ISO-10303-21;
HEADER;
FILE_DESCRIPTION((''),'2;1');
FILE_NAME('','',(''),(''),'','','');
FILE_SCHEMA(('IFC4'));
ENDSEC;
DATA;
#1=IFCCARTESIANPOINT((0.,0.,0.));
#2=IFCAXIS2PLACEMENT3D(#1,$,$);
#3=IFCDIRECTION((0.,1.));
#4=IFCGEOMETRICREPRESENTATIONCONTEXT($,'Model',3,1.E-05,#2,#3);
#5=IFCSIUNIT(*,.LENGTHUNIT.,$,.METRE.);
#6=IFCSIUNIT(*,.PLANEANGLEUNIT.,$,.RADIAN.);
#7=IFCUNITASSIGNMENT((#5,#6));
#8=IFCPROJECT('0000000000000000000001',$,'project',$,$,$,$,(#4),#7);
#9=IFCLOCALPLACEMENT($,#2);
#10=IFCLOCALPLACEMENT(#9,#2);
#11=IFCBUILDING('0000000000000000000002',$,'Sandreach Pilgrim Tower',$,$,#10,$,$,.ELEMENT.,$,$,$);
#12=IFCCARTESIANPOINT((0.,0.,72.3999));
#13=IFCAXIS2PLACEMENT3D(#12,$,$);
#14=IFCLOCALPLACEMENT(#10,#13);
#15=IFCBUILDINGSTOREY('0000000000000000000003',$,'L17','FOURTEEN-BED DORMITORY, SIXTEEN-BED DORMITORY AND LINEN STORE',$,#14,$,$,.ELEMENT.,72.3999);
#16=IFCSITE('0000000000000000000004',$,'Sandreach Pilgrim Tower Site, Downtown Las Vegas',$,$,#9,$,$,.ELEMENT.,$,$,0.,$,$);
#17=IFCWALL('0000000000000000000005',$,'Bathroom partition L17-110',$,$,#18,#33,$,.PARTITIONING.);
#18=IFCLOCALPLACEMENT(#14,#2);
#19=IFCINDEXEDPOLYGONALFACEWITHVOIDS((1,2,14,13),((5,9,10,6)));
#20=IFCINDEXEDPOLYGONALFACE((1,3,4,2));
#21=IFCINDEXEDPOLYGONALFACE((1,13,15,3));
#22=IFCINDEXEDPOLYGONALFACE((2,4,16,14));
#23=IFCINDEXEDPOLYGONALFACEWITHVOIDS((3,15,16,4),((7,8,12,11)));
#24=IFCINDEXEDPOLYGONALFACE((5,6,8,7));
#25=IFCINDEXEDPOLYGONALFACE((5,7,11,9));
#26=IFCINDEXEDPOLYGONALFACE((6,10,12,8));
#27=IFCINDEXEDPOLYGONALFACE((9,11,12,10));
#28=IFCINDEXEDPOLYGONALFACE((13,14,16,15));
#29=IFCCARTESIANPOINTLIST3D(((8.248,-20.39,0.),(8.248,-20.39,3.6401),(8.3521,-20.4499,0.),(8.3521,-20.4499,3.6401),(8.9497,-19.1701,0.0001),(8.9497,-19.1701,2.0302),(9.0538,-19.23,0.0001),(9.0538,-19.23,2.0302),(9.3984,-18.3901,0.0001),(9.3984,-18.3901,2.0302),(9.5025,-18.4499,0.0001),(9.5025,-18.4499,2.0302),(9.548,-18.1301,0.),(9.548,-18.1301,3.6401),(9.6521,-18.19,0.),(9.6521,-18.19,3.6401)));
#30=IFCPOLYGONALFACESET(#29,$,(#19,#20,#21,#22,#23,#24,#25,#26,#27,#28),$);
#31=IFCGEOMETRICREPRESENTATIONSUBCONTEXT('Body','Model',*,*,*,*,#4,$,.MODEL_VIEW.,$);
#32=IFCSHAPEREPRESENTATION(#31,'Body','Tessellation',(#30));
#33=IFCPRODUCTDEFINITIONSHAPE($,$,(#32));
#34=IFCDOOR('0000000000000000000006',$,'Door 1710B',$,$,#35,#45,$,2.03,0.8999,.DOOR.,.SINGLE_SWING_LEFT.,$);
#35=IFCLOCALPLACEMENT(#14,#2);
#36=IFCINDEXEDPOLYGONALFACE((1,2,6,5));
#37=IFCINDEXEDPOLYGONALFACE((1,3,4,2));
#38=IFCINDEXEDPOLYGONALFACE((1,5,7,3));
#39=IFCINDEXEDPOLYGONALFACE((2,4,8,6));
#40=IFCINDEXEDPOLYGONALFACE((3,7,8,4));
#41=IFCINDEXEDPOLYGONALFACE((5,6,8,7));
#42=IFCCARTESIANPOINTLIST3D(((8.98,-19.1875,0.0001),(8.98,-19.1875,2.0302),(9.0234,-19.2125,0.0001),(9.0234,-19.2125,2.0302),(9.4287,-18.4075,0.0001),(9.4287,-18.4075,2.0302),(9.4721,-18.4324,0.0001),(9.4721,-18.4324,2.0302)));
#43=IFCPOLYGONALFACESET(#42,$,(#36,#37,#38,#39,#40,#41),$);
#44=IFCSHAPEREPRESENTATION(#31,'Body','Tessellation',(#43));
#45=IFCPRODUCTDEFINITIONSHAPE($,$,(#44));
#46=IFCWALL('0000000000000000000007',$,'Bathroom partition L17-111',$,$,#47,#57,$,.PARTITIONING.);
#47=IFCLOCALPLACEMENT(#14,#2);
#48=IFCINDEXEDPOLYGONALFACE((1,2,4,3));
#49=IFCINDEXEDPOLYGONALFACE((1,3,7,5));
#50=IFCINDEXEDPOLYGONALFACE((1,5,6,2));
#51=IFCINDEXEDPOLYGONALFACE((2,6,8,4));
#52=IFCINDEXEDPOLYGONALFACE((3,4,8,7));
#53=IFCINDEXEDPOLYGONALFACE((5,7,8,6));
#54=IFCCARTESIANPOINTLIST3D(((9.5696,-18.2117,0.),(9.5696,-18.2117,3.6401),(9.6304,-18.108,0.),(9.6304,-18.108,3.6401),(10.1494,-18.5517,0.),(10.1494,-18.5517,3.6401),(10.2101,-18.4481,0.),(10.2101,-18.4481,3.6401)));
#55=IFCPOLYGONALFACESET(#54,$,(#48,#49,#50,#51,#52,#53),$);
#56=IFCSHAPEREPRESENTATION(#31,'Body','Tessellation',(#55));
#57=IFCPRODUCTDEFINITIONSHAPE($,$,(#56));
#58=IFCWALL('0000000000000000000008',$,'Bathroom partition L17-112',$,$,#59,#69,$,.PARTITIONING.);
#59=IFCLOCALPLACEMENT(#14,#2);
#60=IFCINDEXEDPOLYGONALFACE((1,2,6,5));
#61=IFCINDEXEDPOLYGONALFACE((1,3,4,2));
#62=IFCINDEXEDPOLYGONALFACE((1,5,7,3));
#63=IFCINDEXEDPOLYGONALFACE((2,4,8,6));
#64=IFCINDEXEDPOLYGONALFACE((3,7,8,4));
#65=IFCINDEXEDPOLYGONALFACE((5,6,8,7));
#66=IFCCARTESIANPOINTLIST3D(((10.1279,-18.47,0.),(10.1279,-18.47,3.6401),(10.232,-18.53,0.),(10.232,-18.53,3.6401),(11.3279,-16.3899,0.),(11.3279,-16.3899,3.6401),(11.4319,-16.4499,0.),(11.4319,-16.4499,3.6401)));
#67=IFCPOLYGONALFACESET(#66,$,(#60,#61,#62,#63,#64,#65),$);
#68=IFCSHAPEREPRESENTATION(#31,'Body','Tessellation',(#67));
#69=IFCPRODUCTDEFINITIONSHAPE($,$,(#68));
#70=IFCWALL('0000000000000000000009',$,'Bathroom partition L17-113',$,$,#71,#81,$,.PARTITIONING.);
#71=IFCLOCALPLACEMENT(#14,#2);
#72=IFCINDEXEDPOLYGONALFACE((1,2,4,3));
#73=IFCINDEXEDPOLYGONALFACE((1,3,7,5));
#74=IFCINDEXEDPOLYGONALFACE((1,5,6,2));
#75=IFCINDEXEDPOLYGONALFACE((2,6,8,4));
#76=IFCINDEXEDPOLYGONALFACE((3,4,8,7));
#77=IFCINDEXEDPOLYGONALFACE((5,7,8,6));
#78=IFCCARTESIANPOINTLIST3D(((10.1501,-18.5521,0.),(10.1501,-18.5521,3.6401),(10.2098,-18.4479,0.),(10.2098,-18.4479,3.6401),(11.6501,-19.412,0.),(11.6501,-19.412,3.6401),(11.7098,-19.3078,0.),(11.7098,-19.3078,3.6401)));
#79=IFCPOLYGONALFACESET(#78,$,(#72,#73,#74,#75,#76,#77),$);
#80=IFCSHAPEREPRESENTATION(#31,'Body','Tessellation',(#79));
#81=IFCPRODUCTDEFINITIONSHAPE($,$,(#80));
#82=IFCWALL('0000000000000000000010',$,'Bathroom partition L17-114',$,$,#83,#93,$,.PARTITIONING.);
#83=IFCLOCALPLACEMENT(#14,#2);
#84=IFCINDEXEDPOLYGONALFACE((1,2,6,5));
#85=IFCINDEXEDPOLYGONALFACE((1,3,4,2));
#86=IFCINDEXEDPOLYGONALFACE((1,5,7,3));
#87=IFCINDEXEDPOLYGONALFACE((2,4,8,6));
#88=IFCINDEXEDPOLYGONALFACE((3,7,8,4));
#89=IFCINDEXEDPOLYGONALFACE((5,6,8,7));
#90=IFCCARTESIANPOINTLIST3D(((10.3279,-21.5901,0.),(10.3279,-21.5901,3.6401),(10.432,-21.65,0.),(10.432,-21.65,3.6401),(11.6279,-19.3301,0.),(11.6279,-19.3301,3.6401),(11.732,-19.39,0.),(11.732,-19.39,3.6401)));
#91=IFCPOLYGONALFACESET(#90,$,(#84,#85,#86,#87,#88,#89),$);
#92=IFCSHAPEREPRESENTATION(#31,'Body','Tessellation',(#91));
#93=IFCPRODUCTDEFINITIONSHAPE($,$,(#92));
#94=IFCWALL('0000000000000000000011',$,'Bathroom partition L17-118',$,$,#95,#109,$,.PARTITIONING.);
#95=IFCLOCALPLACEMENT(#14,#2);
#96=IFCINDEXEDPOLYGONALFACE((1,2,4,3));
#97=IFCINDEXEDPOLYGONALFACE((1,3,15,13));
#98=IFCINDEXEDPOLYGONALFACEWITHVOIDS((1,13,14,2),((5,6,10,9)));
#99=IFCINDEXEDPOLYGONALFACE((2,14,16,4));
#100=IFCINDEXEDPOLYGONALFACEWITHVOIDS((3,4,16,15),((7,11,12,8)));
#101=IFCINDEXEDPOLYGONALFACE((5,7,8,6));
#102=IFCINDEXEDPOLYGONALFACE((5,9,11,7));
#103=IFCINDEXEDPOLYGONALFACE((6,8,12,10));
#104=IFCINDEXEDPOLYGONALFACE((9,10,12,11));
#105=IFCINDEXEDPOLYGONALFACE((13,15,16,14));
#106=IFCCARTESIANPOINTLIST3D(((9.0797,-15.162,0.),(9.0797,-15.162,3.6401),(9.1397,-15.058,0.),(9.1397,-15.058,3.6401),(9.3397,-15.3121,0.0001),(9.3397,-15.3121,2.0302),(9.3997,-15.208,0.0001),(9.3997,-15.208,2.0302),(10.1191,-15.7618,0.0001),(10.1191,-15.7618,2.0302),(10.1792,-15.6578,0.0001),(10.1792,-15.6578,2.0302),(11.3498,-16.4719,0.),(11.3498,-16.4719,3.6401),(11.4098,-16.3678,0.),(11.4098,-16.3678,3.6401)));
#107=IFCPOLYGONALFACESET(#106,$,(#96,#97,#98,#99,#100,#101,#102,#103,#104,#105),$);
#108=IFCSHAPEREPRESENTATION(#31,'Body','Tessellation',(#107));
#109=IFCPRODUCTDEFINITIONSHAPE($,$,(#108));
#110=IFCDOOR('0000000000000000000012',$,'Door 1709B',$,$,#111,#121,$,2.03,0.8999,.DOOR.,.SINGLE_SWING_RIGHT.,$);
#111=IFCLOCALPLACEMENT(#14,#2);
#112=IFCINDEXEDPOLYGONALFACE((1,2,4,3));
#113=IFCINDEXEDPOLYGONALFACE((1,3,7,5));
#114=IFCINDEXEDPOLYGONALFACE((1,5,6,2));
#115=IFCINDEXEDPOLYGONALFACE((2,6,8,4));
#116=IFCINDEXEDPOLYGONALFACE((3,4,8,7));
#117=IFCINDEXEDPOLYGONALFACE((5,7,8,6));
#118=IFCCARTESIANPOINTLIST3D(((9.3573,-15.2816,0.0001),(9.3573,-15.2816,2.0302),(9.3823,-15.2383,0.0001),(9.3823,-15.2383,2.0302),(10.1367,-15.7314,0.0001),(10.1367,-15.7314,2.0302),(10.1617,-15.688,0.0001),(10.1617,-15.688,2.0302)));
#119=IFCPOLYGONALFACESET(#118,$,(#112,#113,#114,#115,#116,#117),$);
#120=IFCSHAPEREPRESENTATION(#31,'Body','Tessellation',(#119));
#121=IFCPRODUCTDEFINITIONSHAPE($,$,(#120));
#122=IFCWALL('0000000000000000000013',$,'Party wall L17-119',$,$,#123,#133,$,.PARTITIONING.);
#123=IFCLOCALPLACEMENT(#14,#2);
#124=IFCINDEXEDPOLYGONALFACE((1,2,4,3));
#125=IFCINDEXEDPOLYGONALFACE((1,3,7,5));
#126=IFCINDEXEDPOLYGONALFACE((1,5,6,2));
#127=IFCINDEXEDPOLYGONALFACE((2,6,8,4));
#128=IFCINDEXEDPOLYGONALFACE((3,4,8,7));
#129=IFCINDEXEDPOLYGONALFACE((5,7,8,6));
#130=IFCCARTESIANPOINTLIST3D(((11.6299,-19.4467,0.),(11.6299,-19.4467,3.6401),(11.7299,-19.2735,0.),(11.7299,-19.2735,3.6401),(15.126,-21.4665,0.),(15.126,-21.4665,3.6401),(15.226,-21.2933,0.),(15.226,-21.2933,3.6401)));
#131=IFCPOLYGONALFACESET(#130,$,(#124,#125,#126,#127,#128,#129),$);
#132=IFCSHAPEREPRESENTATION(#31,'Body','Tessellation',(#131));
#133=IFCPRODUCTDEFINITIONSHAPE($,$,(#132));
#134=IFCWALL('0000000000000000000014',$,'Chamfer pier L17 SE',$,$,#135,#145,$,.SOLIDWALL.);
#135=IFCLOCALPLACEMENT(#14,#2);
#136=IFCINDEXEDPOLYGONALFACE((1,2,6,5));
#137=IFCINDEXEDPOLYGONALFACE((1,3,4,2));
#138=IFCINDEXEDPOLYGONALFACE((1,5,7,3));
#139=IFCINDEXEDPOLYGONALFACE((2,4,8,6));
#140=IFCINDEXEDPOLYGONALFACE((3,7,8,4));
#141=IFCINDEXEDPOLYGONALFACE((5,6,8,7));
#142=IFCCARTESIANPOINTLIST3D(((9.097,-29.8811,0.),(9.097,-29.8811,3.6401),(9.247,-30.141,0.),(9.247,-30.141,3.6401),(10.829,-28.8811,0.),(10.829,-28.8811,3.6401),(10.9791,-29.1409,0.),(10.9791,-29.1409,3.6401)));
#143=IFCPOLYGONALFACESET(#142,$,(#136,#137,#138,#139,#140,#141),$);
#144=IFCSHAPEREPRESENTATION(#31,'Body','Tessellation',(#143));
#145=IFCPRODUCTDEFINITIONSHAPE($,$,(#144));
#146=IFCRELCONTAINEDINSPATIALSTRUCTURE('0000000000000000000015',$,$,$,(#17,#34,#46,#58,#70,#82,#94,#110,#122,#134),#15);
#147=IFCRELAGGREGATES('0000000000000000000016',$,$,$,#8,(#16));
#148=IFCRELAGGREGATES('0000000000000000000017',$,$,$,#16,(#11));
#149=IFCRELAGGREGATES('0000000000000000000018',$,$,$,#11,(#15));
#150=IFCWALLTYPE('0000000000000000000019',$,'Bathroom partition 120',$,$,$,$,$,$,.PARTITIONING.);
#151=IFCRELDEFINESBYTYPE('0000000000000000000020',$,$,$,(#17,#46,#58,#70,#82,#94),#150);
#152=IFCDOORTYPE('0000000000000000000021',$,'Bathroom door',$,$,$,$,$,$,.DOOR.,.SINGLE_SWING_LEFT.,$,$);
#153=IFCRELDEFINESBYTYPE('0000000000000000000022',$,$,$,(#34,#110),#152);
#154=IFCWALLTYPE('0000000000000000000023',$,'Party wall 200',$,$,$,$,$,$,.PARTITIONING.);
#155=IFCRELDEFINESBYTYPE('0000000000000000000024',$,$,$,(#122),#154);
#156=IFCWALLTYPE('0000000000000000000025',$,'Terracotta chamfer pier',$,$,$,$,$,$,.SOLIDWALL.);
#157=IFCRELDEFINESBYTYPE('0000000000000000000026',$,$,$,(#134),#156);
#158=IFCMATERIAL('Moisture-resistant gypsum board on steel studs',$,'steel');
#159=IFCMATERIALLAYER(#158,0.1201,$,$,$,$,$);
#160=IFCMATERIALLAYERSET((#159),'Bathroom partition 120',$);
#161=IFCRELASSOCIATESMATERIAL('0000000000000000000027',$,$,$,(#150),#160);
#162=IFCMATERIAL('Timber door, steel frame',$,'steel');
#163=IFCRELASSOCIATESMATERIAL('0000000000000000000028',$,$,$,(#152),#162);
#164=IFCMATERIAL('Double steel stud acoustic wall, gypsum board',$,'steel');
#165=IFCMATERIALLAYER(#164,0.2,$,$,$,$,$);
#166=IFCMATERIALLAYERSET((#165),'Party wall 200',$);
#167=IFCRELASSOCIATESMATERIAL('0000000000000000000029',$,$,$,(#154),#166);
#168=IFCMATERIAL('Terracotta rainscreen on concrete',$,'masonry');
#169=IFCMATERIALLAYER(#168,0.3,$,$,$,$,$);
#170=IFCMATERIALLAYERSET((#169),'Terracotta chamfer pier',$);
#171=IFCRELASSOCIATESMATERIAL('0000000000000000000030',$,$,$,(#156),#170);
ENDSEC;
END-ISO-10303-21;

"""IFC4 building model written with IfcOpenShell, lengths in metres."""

from ifc_helpers import new_model, si_unit, direction, frame, frame_2d, origin, place, context, subcontext, project, spatial, rectangle, extrude, material, layer, layer_set, type_object, element, fill, save


model = new_model("IFC4")

# Units and contexts
model_context = context("Model", 3, precision=1e-05, world=origin(), true_north=direction((0.0, 1.0)))
body_context = subcontext(model_context, "Body", "Model", "MODEL_VIEW")
ifc_project = project(units=[si_unit("LENGTHUNIT", "METRE"), si_unit("PLANEANGLEUNIT", "RADIAN")], contexts=[model_context])

# Site, building, storey
site_placement = place(None, origin())
site = spatial("IfcSite", under=ifc_project, at=site_placement, Name="Sandreach Pilgrim Tower Site, Downtown Las Vegas", CompositionType="ELEMENT", RefElevation=0.0)
building_placement = place(site_placement, origin())
building = spatial("IfcBuilding", under=site, at=building_placement, Name="Sandreach Pilgrim Tower", CompositionType="ELEMENT")
storey_placement = place(building_placement, frame((0.0, 0.0, 72.3999)))
storey = spatial("IfcBuildingStorey", under=building, at=storey_placement, Name="L17", Description="FOURTEEN-BED DORMITORY, SIXTEEN-BED DORMITORY AND LINEN STORE", CompositionType="ELEMENT", Elevation=72.3999)

# Wall, opening, door
ifc_material_1 = material(Name="Moisture-resistant gypsum board on steel studs", Category="steel")
ifc_layer_1 = layer(ifc_material_1, 0.1201)
ifc_layer_set_1 = layer_set([ifc_layer_1], Name="Bathroom partition 120")
wall_type_1 = type_object("IfcWallType", Name="Bathroom partition 120", PredefinedType="PARTITIONING", material=ifc_layer_set_1)
wall_1_placement = place(storey_placement, frame((9.6001, -18.1599, 0.0), z_axis=(0.0, 0.0, 1.0), x_axis=(-0.498628, -0.866816, 0.0)))
wall_1 = element("IfcWall", 1, at=wall_1_placement, inside=storey, type_object=wall_type_1, Name="Bathroom partition L17-110", PredefinedType="PARTITIONING", context=body_context, shape_type="SweptSolid", body=[
    extrude(rectangle(XDim=2.6072, YDim=0.1201, at=frame_2d((1.3037, 0.0))), origin(), (0.0, 0.0, 1.0), 3.6401),
])
opening_1_placement = place(wall_1_placement, frame((0.3, 0.0, 0.0)))
opening_1 = element("IfcOpeningElement", 2, at=opening_1_placement, cuts=wall_1, PredefinedType="OPENING", context=body_context, shape_type="SweptSolid", body=[
    extrude(rectangle(XDim=0.8999, YDim=2.03, at=frame_2d((0.45, 1.0151))), frame((0.0, 0.0601, 0.0), z_axis=(0.0, -1.0, 0.0), x_axis=(1.0, 0.0, 0.0)), (0.0, 0.0, 1.0), 0.1201),
])
ifc_material_2 = material(Name="Timber door, steel frame", Category="steel")
door_type = type_object("IfcDoorType", Name="Bathroom door", OperationType="SINGLE_SWING_LEFT", PredefinedType="DOOR", material=ifc_material_2)
door_1_placement = place(opening_1_placement, origin())
door_1 = element("IfcDoor", 3, at=door_1_placement, inside=storey, type_object=door_type, Name="Door 1710B", OperationType="SINGLE_SWING_LEFT", OverallHeight=2.03, OverallWidth=0.8999, PredefinedType="DOOR", context=body_context, shape_type="SweptSolid", body=[
    extrude(rectangle(XDim=0.8999, YDim=2.03, at=frame_2d((0.45, 1.0151))), frame((0.0, 0.0249, 0.0), z_axis=(0.0, -1.0, 0.0), x_axis=(1.0, 0.0, 0.0)), (0.0, 0.0, 1.0), 0.05),
])
fill(opening_1, door_1)

# Walls
wall_2_placement = place(storey_placement, frame((9.6001, -18.1599, 0.0), z_axis=(0.0, 0.0, 1.0), x_axis=(0.862578, -0.505925, 0.0)))
element("IfcWall", 4, at=wall_2_placement, inside=storey, type_object=wall_type_1, Name="Bathroom partition L17-111", PredefinedType="PARTITIONING", context=body_context, shape_type="SweptSolid", body=[
    extrude(rectangle(XDim=0.6721, YDim=0.1201, at=frame_2d((0.3359, 0.0))), origin(), (0.0, 0.0, 1.0), 3.6401),
])
wall_3_placement = place(storey_placement, frame((10.1799, -18.5, 0.0), z_axis=(0.0, 0.0, 1.0), x_axis=(0.499693, 0.866203, 0.0)))
element("IfcWall", 5, at=wall_3_placement, inside=storey, type_object=wall_type_1, Name="Bathroom partition L17-112", PredefinedType="PARTITIONING", context=body_context, shape_type="SweptSolid", body=[
    extrude(rectangle(XDim=2.4014, YDim=0.1201, at=frame_2d((1.2007, 0.0))), origin(), (0.0, 0.0, 1.0), 3.6401),
])
wall_4_placement = place(storey_placement, frame((10.1799, -18.5, 0.0), z_axis=(0.0, 0.0, 1.0), x_axis=(0.867565, -0.497325, 0.0)))
element("IfcWall", 6, at=wall_4_placement, inside=storey, type_object=wall_type_1, Name="Bathroom partition L17-113", PredefinedType="PARTITIONING", context=body_context, shape_type="SweptSolid", body=[
    extrude(rectangle(XDim=1.729, YDim=0.1201, at=frame_2d((0.8645, 0.0))), origin(), (0.0, 0.0, 1.0), 3.6401),
])
wall_5_placement = place(storey_placement, frame((10.3799, -21.6201, 0.0), z_axis=(0.0, 0.0, 1.0), x_axis=(0.498628, 0.866816, 0.0)))
element("IfcWall", 7, at=wall_5_placement, inside=storey, type_object=wall_type_1, Name="Bathroom partition L17-114", PredefinedType="PARTITIONING", context=body_context, shape_type="SweptSolid", body=[
    extrude(rectangle(XDim=2.6072, YDim=0.1201, at=frame_2d((1.3037, 0.0))), origin(), (0.0, 0.0, 1.0), 3.6401),
])

# Wall, opening, door
wall_6_placement = place(storey_placement, frame((11.3799, -16.4199, 0.0), z_axis=(0.0, 0.0, 1.0), x_axis=(-0.866155, 0.499776, 0.0)))
wall_6 = element("IfcWall", 8, at=wall_6_placement, inside=storey, type_object=wall_type_1, Name="Bathroom partition L17-118", PredefinedType="PARTITIONING", context=body_context, shape_type="SweptSolid", body=[
    extrude(rectangle(XDim=2.6208, YDim=0.1201, at=frame_2d((1.3105, 0.0))), origin(), (0.0, 0.0, 1.0), 3.6401),
])
opening_2_placement = place(wall_6_placement, frame((1.4209, 0.0, 0.0)))
opening_2 = element("IfcOpeningElement", 9, at=opening_2_placement, cuts=wall_6, PredefinedType="OPENING", context=body_context, shape_type="SweptSolid", body=[
    extrude(rectangle(XDim=0.8999, YDim=2.03, at=frame_2d((0.45, 1.0151))), frame((0.0, 0.0601, 0.0), z_axis=(0.0, -1.0, 0.0), x_axis=(1.0, 0.0, 0.0)), (0.0, 0.0, 1.0), 0.1201),
])
door_2_placement = place(opening_2_placement, origin())
door_2 = element("IfcDoor", 10, at=door_2_placement, inside=storey, type_object=door_type, Name="Door 1709B", OperationType="SINGLE_SWING_RIGHT", OverallHeight=2.03, OverallWidth=0.8999, PredefinedType="DOOR", context=body_context, shape_type="SweptSolid", body=[
    extrude(rectangle(XDim=0.8999, YDim=2.03, at=frame_2d((0.45, 1.0151))), frame((0.0, 0.0249, 0.0), z_axis=(0.0, -1.0, 0.0), x_axis=(1.0, 0.0, 0.0)), (0.0, 0.0, 1.0), 0.05),
])
fill(opening_2, door_2)

# Walls
ifc_material_3 = material(Name="Double steel stud acoustic wall, gypsum board", Category="steel")
ifc_layer_2 = layer(ifc_material_3, 0.2)
ifc_layer_set_2 = layer_set([ifc_layer_2], Name="Party wall 200")
wall_type_2 = type_object("IfcWallType", Name="Party wall 200", PredefinedType="PARTITIONING", material=ifc_layer_set_2)
wall_7_placement = place(storey_placement, frame((11.6799, -19.3601, 0.0), z_axis=(0.0, 0.0, 1.0), x_axis=(0.865885, -0.500242, 0.0)))
element("IfcWall", 11, at=wall_7_placement, inside=storey, type_object=wall_type_2, Name="Party wall L17-119", PredefinedType="PARTITIONING", context=body_context, shape_type="SweptSolid", body=[
    extrude(rectangle(XDim=4.0376, YDim=0.2, at=frame_2d((2.0188, 0.0))), origin(), (0.0, 0.0, 1.0), 3.6401),
])
ifc_material_4 = material(Name="Terracotta rainscreen on concrete", Category="masonry")
ifc_layer_3 = layer(ifc_material_4, 0.3)
ifc_layer_set_3 = layer_set([ifc_layer_3], Name="Terracotta chamfer pier")
wall_type_3 = type_object("IfcWallType", Name="Terracotta chamfer pier", PredefinedType="SOLIDWALL", material=ifc_layer_set_3)
wall_8_placement = place(storey_placement, frame((10.9041, -29.011, 0.0), z_axis=(0.0, 0.0, 1.0), x_axis=(-0.866011, -0.500025, 0.0)))
element("IfcWall", 12, at=wall_8_placement, inside=storey, type_object=wall_type_3, Name="Chamfer pier L17 SE", PredefinedType="SOLIDWALL", context=body_context, shape_type="SweptSolid", body=[
    extrude(rectangle(XDim=2.0, YDim=0.3, at=frame_2d((1.0, 0.0))), origin(), (0.0, 0.0, 1.0), 3.6401),
])

save(model, "model.ifc")
